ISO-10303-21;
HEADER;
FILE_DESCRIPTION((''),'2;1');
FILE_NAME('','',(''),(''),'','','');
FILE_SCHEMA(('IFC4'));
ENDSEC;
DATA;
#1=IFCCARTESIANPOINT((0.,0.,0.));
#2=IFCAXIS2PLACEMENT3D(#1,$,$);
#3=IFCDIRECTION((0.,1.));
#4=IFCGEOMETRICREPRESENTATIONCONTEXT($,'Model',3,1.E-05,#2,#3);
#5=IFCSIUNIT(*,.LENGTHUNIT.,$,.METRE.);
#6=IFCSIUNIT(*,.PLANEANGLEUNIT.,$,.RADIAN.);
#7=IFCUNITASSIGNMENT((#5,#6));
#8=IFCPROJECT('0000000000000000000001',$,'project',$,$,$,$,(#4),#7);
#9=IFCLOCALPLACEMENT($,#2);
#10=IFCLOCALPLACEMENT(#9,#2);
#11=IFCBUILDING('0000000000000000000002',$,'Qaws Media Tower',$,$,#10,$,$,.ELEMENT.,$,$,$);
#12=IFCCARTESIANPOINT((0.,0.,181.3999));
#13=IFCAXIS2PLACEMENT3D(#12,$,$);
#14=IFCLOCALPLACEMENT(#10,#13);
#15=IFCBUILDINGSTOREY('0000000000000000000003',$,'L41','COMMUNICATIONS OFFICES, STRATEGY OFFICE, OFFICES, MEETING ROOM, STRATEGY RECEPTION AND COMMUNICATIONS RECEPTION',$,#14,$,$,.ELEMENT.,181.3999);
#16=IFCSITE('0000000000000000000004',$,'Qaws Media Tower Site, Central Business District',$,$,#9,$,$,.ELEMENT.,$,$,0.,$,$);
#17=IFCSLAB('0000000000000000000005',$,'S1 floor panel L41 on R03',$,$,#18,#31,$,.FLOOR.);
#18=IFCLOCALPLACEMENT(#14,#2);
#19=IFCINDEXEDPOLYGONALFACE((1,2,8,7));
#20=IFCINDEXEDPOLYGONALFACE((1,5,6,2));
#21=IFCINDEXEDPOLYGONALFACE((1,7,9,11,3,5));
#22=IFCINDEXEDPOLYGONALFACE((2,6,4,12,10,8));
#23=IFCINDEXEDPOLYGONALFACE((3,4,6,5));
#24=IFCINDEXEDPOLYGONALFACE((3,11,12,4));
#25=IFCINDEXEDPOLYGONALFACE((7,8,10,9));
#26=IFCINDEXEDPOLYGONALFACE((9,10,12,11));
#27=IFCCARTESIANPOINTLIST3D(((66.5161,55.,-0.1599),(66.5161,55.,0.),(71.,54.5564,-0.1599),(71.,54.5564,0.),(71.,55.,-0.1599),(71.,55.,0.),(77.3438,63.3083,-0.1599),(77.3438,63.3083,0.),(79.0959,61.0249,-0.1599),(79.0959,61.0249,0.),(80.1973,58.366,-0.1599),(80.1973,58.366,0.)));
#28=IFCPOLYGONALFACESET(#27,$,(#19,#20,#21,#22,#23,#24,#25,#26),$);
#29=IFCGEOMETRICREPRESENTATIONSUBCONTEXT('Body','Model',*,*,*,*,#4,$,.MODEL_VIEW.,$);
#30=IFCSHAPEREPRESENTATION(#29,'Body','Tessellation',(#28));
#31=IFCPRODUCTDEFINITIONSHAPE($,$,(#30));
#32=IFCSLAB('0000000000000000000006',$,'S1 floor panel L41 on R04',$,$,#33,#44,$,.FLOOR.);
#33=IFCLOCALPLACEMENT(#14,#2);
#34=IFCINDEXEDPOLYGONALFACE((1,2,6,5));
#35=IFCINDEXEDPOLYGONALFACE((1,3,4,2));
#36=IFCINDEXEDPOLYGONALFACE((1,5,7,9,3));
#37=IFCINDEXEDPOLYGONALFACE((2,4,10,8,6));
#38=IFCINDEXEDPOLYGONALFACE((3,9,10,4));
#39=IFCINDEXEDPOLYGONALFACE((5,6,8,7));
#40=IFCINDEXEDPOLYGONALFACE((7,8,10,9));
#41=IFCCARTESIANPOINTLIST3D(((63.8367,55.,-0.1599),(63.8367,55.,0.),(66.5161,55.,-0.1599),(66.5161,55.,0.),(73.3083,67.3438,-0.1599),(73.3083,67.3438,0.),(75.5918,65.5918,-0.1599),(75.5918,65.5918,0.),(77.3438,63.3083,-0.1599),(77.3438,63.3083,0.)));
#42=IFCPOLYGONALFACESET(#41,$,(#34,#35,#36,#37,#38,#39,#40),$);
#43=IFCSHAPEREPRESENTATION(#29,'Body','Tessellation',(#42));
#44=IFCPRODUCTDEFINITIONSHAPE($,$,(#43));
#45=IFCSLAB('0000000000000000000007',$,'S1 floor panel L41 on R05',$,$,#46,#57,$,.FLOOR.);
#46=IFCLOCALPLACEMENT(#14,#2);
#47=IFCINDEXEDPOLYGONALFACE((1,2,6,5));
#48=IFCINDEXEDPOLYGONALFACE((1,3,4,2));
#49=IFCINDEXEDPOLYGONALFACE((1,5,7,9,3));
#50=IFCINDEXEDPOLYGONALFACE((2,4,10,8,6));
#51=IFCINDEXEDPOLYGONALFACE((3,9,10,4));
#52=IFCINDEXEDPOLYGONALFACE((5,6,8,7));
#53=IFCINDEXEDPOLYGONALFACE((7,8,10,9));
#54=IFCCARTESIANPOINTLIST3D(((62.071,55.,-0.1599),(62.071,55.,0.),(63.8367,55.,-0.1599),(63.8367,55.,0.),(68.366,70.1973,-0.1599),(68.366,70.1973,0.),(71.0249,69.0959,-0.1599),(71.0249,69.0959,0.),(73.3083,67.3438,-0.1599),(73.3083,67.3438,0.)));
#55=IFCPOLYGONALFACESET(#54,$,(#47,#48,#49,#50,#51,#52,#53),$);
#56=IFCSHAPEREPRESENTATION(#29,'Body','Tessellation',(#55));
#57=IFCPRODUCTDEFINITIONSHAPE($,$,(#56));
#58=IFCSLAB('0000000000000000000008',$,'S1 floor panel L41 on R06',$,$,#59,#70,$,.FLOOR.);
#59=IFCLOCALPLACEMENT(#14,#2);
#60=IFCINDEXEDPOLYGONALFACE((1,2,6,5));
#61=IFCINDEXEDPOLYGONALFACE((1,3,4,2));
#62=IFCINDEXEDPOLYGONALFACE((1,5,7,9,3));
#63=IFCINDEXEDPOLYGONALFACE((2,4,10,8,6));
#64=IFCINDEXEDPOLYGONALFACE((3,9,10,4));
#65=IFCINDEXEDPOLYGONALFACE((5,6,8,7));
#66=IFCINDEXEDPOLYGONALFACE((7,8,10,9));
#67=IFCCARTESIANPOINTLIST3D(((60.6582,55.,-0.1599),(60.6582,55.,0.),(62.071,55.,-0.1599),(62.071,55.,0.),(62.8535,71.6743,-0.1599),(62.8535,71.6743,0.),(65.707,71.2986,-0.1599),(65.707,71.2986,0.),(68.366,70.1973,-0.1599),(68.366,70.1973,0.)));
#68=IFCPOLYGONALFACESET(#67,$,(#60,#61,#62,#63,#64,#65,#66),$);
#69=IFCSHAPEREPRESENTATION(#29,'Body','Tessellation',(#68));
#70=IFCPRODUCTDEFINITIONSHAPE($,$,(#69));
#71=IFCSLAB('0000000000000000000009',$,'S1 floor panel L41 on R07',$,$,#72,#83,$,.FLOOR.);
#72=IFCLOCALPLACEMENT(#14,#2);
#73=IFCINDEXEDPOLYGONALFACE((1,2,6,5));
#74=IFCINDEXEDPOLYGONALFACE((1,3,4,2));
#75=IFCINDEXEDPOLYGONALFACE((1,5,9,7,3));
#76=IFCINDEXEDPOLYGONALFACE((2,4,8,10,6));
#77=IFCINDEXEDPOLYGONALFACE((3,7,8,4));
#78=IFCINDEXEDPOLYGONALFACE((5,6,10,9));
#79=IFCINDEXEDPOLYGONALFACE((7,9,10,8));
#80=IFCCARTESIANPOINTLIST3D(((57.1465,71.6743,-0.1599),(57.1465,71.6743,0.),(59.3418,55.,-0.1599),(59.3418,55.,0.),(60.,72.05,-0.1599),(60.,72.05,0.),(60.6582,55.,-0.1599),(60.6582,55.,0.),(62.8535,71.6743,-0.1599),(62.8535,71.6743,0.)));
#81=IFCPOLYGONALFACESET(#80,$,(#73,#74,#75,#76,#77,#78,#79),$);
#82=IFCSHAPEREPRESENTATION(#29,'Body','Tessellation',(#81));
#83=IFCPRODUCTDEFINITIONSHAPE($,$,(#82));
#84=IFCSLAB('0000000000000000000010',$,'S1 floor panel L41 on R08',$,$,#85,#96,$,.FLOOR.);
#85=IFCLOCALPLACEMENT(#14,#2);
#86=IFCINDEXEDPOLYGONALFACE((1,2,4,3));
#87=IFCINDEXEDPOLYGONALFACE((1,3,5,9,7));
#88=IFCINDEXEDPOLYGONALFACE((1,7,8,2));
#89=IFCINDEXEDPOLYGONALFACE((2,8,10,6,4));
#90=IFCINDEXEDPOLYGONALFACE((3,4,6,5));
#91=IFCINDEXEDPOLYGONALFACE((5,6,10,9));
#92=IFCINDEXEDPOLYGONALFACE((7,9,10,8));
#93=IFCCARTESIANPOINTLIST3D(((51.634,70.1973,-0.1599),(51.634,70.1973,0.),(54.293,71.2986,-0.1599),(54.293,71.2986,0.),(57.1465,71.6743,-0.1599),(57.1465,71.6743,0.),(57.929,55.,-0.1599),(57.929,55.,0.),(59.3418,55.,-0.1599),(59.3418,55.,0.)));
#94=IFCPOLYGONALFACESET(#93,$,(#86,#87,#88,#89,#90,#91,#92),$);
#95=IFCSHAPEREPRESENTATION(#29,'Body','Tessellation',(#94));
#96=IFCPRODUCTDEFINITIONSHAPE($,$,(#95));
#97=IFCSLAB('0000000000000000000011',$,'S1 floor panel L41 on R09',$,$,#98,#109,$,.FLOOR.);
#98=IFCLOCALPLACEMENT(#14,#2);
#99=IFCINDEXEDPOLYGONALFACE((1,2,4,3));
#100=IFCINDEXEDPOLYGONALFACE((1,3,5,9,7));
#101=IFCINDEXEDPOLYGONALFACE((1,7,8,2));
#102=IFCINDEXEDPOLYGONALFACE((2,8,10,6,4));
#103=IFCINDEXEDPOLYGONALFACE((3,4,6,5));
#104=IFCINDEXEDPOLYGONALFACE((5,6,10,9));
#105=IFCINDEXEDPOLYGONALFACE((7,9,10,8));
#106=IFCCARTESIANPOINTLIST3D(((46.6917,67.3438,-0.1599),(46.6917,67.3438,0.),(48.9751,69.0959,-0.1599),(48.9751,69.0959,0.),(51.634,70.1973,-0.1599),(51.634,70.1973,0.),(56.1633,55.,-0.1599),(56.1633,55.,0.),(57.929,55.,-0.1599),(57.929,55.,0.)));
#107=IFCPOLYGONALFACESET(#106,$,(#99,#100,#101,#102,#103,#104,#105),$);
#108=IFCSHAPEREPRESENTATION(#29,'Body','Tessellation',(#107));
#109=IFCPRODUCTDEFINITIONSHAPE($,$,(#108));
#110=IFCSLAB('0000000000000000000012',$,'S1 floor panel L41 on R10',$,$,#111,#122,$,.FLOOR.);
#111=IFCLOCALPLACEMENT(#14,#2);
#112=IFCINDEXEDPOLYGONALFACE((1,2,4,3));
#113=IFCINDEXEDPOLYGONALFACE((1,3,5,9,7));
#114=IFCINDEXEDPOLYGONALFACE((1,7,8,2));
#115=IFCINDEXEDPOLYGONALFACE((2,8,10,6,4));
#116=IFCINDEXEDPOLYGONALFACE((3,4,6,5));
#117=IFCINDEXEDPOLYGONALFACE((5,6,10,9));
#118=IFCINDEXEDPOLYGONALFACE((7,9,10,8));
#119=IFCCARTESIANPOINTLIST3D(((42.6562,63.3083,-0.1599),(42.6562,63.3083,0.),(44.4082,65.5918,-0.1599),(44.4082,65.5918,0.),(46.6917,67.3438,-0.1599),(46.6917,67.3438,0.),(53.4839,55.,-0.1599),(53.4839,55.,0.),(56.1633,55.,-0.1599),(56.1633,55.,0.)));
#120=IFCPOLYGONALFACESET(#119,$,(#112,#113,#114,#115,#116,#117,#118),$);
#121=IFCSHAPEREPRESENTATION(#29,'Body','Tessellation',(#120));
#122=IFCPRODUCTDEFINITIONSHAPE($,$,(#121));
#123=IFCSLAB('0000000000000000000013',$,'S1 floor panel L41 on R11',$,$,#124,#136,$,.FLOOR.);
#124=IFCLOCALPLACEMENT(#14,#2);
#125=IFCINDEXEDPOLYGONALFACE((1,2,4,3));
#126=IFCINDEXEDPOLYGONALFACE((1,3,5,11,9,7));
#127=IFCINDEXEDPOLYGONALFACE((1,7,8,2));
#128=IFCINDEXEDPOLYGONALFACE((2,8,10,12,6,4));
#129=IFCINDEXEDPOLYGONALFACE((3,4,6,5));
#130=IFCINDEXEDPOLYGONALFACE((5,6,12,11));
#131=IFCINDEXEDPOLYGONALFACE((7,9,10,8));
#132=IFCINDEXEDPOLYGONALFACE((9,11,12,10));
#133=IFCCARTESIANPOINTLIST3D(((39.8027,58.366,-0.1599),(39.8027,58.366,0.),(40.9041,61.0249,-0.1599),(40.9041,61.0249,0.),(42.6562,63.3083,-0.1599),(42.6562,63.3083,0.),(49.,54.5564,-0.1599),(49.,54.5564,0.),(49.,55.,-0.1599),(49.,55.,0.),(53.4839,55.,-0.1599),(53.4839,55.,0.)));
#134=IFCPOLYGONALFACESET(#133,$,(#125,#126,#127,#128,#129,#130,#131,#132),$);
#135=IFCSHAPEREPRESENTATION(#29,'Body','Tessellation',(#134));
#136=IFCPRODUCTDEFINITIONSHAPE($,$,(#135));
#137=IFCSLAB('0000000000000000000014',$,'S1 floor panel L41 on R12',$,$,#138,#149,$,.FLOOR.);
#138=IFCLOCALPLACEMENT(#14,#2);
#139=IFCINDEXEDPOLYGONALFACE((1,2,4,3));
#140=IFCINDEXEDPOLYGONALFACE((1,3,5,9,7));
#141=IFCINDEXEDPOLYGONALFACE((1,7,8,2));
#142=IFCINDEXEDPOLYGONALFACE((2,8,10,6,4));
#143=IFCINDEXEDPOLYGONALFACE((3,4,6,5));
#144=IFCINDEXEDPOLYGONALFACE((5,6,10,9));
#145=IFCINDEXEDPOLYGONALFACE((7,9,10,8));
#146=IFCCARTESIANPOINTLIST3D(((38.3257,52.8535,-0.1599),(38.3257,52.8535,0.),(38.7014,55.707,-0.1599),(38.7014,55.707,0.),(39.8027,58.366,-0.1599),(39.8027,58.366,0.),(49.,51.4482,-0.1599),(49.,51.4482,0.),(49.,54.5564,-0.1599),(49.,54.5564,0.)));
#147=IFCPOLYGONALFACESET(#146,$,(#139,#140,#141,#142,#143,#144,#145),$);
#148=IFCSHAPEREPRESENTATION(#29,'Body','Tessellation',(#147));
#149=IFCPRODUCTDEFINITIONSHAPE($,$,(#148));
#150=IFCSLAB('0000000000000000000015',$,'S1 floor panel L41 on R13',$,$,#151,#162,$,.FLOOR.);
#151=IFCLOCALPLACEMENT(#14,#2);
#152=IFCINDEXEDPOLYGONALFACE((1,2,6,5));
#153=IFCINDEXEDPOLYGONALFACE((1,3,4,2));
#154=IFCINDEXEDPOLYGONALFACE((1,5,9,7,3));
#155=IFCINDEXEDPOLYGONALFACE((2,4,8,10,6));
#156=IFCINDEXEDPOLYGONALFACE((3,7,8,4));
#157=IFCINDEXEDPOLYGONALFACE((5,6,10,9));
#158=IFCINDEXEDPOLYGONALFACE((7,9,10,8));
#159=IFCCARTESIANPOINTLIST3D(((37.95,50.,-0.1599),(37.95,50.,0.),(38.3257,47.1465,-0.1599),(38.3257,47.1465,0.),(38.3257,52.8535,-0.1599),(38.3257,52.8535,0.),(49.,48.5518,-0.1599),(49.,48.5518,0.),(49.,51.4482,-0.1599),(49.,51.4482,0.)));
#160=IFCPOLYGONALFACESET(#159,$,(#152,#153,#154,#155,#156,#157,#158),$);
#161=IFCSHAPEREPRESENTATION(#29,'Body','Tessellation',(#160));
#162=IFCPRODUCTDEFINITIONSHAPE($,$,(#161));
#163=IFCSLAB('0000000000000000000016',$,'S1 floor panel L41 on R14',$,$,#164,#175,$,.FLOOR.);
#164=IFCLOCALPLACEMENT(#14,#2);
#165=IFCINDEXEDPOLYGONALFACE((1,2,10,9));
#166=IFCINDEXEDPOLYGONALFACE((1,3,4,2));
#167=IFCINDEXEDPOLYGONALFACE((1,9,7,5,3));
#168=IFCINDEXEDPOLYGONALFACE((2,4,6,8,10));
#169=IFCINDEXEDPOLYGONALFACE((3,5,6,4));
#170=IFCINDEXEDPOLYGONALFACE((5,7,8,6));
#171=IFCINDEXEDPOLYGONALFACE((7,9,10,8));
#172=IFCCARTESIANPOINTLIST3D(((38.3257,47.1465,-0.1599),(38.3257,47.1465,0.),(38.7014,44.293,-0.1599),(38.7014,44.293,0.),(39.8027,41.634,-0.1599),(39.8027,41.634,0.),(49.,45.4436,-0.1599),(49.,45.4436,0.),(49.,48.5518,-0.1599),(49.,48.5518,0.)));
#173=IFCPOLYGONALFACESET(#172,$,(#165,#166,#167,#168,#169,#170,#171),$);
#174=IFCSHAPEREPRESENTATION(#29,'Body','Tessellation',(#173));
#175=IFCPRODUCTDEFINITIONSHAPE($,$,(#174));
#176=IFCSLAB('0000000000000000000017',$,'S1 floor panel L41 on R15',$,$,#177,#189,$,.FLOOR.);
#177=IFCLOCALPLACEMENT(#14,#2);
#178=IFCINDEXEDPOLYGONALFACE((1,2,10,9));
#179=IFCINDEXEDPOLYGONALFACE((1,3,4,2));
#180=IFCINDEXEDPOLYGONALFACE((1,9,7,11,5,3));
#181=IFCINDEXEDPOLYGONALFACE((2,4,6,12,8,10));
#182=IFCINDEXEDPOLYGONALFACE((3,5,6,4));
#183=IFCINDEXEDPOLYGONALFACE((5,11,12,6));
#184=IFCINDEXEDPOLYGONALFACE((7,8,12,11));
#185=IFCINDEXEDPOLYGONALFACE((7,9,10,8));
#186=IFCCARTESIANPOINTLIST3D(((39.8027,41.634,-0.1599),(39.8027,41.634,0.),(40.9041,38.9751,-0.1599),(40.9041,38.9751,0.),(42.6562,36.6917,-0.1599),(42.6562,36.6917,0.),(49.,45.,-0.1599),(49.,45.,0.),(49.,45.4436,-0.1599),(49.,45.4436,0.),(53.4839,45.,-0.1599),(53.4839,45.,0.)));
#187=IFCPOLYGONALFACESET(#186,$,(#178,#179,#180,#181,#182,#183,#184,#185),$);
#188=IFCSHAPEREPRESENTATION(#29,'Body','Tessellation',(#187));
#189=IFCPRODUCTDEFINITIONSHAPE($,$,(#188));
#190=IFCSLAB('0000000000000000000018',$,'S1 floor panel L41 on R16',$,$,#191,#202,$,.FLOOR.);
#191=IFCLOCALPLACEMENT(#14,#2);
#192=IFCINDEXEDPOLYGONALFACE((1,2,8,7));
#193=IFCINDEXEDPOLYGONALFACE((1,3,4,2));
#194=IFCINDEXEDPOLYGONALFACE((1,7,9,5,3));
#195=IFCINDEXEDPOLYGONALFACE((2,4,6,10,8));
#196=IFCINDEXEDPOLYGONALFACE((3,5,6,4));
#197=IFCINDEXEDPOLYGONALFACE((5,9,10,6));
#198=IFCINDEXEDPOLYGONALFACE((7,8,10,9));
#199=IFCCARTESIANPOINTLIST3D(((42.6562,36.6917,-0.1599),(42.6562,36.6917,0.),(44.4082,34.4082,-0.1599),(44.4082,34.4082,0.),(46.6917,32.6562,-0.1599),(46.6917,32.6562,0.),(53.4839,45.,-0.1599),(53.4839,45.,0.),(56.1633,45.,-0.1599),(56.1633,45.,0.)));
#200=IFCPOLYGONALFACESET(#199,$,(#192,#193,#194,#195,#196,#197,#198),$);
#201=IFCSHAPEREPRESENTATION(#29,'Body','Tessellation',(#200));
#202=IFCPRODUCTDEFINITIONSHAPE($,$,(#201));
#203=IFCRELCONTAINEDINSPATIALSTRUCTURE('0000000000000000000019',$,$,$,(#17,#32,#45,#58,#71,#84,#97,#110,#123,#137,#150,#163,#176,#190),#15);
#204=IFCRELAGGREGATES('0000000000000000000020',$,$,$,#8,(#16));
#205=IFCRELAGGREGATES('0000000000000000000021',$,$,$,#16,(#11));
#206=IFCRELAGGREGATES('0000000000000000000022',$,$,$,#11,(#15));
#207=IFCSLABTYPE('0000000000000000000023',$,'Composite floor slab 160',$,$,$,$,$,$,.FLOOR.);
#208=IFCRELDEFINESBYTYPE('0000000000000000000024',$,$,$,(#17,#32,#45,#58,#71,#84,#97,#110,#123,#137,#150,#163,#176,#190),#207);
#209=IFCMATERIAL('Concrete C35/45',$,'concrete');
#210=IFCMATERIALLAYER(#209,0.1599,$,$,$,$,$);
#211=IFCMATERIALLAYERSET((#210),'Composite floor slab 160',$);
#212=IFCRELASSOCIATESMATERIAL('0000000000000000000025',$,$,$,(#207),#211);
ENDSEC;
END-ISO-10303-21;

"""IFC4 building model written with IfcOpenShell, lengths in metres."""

from ifc_helpers import new_model, si_unit, direction, frame, origin, place, context, subcontext, project, spatial, polyline, outline, extrude, material, layer, layer_set, type_object, element, save


model = new_model("IFC4")

# Units and contexts
model_context = context("Model", 3, precision=1e-05, world=origin(), true_north=direction((0.0, 1.0)))
body_context = subcontext(model_context, "Body", "Model", "MODEL_VIEW")
ifc_project = project(units=[si_unit("LENGTHUNIT", "METRE"), si_unit("PLANEANGLEUNIT", "RADIAN")], contexts=[model_context])

# Site, building, storey
site_placement = place(None, origin())
site = spatial("IfcSite", under=ifc_project, at=site_placement, Name="Qaws Media Tower Site, Central Business District", CompositionType="ELEMENT", RefElevation=0.0)
building_placement = place(site_placement, origin())
building = spatial("IfcBuilding", under=site, at=building_placement, Name="Qaws Media Tower", CompositionType="ELEMENT")
storey_placement = place(building_placement, frame((0.0, 0.0, 181.3999)))
storey = spatial("IfcBuildingStorey", under=building, at=storey_placement, Name="L41", Description="COMMUNICATIONS OFFICES, STRATEGY OFFICE, OFFICES, MEETING ROOM, STRATEGY RECEPTION AND COMMUNICATIONS RECEPTION", CompositionType="ELEMENT", Elevation=181.3999)

# Slabs
ifc_material_1 = material(Name="Concrete C35/45", Category="concrete")
ifc_layer_1 = layer(ifc_material_1, 0.1599)
ifc_layer_set_1 = layer_set([ifc_layer_1], Name="Composite floor slab 160")
slab_type_1 = type_object("IfcSlabType", Name="Composite floor slab 160", PredefinedType="FLOOR", material=ifc_layer_set_1)
slab_1_placement = place(storey_placement, frame((0.0, 0.0, -0.1599)))
element("IfcSlab", 1, at=slab_1_placement, inside=storey, type_object=slab_type_1, Name="S1 floor panel L41 on R03", PredefinedType="FLOOR", context=body_context, shape_type="SweptSolid", body=[
    extrude(outline(polyline([(79.0959, 61.0249), (80.1973, 58.366), (71.0, 54.5564), (71.0, 55.0), (66.5161, 55.0), (77.3438, 63.3083), (79.0959, 61.0249)])), origin(), (0.0, 0.0, 1.0), 0.1599),
])
slab_2_placement = place(storey_placement, frame((0.0, 0.0, -0.1599)))
element("IfcSlab", 2, at=slab_2_placement, inside=storey, type_object=slab_type_1, Name="S1 floor panel L41 on R04", PredefinedType="FLOOR", context=body_context, shape_type="SweptSolid", body=[
    extrude(outline(polyline([(75.5918, 65.5918), (77.3438, 63.3083), (66.5161, 55.0), (63.8367, 55.0), (73.3083, 67.3438), (75.5918, 65.5918)])), origin(), (0.0, 0.0, 1.0), 0.1599),
])
slab_3_placement = place(storey_placement, frame((0.0, 0.0, -0.1599)))
element("IfcSlab", 3, at=slab_3_placement, inside=storey, type_object=slab_type_1, Name="S1 floor panel L41 on R05", PredefinedType="FLOOR", context=body_context, shape_type="SweptSolid", body=[
    extrude(outline(polyline([(71.0249, 69.0959), (73.3083, 67.3438), (63.8367, 55.0), (62.071, 55.0), (68.366, 70.1973), (71.0249, 69.0959)])), origin(), (0.0, 0.0, 1.0), 0.1599),
])
slab_4_placement = place(storey_placement, frame((0.0, 0.0, -0.1599)))
element("IfcSlab", 4, at=slab_4_placement, inside=storey, type_object=slab_type_1, Name="S1 floor panel L41 on R06", PredefinedType="FLOOR", context=body_context, shape_type="SweptSolid", body=[
    extrude(outline(polyline([(65.707, 71.2986), (68.366, 70.1973), (62.071, 55.0), (60.6582, 55.0), (62.8535, 71.6743), (65.707, 71.2986)])), origin(), (0.0, 0.0, 1.0), 0.1599),
])
slab_5_placement = place(storey_placement, frame((0.0, 0.0, -0.1599)))
element("IfcSlab", 5, at=slab_5_placement, inside=storey, type_object=slab_type_1, Name="S1 floor panel L41 on R07", PredefinedType="FLOOR", context=body_context, shape_type="SweptSolid", body=[
    extrude(outline(polyline([(60.0, 72.05), (62.8535, 71.6743), (60.6582, 55.0), (59.3418, 55.0), (57.1465, 71.6743), (60.0, 72.05)])), origin(), (0.0, 0.0, 1.0), 0.1599),
])
slab_6_placement = place(storey_placement, frame((0.0, 0.0, -0.1599)))
element("IfcSlab", 6, at=slab_6_placement, inside=storey, type_object=slab_type_1, Name="S1 floor panel L41 on R08", PredefinedType="FLOOR", context=body_context, shape_type="SweptSolid", body=[
    extrude(outline(polyline([(54.293, 71.2986), (57.1465, 71.6743), (59.3418, 55.0), (57.929, 55.0), (51.634, 70.1973), (54.293, 71.2986)])), origin(), (0.0, 0.0, 1.0), 0.1599),
])
slab_7_placement = place(storey_placement, frame((0.0, 0.0, -0.1599)))
element("IfcSlab", 7, at=slab_7_placement, inside=storey, type_object=slab_type_1, Name="S1 floor panel L41 on R09", PredefinedType="FLOOR", context=body_context, shape_type="SweptSolid", body=[
    extrude(outline(polyline([(48.9751, 69.0959), (51.634, 70.1973), (57.929, 55.0), (56.1633, 55.0), (46.6917, 67.3438), (48.9751, 69.0959)])), origin(), (0.0, 0.0, 1.0), 0.1599),
])
slab_8_placement = place(storey_placement, frame((0.0, 0.0, -0.1599)))
element("IfcSlab", 8, at=slab_8_placement, inside=storey, type_object=slab_type_1, Name="S1 floor panel L41 on R10", PredefinedType="FLOOR", context=body_context, shape_type="SweptSolid", body=[
    extrude(outline(polyline([(44.4082, 65.5918), (46.6917, 67.3438), (56.1633, 55.0), (53.4839, 55.0), (42.6562, 63.3083), (44.4082, 65.5918)])), origin(), (0.0, 0.0, 1.0), 0.1599),
])
slab_9_placement = place(storey_placement, frame((0.0, 0.0, -0.1599)))
element("IfcSlab", 9, at=slab_9_placement, inside=storey, type_object=slab_type_1, Name="S1 floor panel L41 on R11", PredefinedType="FLOOR", context=body_context, shape_type="SweptSolid", body=[
    extrude(outline(polyline([(40.9041, 61.0249), (42.6562, 63.3083), (53.4839, 55.0), (49.0, 55.0), (49.0, 54.5564), (39.8027, 58.366), (40.9041, 61.0249)])), origin(), (0.0, 0.0, 1.0), 0.1599),
])
slab_10_placement = place(storey_placement, frame((0.0, 0.0, -0.1599)))
element("IfcSlab", 10, at=slab_10_placement, inside=storey, type_object=slab_type_1, Name="S1 floor panel L41 on R12", PredefinedType="FLOOR", context=body_context, shape_type="SweptSolid", body=[
    extrude(outline(polyline([(38.7014, 55.707), (39.8027, 58.366), (49.0, 54.5564), (49.0, 51.4482), (38.3257, 52.8535), (38.7014, 55.707)])), origin(), (0.0, 0.0, 1.0), 0.1599),
])
slab_11_placement = place(storey_placement, frame((0.0, 0.0, -0.1599)))
element("IfcSlab", 11, at=slab_11_placement, inside=storey, type_object=slab_type_1, Name="S1 floor panel L41 on R13", PredefinedType="FLOOR", context=body_context, shape_type="SweptSolid", body=[
    extrude(outline(polyline([(37.95, 50.0), (38.3257, 52.8535), (49.0, 51.4482), (49.0, 48.5518), (38.3257, 47.1465), (37.95, 50.0)])), origin(), (0.0, 0.0, 1.0), 0.1599),
])
slab_12_placement = place(storey_placement, frame((0.0, 0.0, -0.1599)))
element("IfcSlab", 12, at=slab_12_placement, inside=storey, type_object=slab_type_1, Name="S1 floor panel L41 on R14", PredefinedType="FLOOR", context=body_context, shape_type="SweptSolid", body=[
    extrude(outline(polyline([(38.7014, 44.293), (38.3257, 47.1465), (49.0, 48.5518), (49.0, 45.4436), (39.8027, 41.634), (38.7014, 44.293)])), origin(), (0.0, 0.0, 1.0), 0.1599),
])
slab_13_placement = place(storey_placement, frame((0.0, 0.0, -0.1599)))
element("IfcSlab", 13, at=slab_13_placement, inside=storey, type_object=slab_type_1, Name="S1 floor panel L41 on R15", PredefinedType="FLOOR", context=body_context, shape_type="SweptSolid", body=[
    extrude(outline(polyline([(40.9041, 38.9751), (39.8027, 41.634), (49.0, 45.4436), (49.0, 45.0), (53.4839, 45.0), (42.6562, 36.6917), (40.9041, 38.9751)])), origin(), (0.0, 0.0, 1.0), 0.1599),
])
slab_14_placement = place(storey_placement, frame((0.0, 0.0, -0.1599)))
element("IfcSlab", 14, at=slab_14_placement, inside=storey, type_object=slab_type_1, Name="S1 floor panel L41 on R16", PredefinedType="FLOOR", context=body_context, shape_type="SweptSolid", body=[
    extrude(outline(polyline([(44.4082, 34.4082), (42.6562, 36.6917), (53.4839, 45.0), (56.1633, 45.0), (46.6917, 32.6562), (44.4082, 34.4082)])), origin(), (0.0, 0.0, 1.0), 0.1599),
])

save(model, "model.ifc")
